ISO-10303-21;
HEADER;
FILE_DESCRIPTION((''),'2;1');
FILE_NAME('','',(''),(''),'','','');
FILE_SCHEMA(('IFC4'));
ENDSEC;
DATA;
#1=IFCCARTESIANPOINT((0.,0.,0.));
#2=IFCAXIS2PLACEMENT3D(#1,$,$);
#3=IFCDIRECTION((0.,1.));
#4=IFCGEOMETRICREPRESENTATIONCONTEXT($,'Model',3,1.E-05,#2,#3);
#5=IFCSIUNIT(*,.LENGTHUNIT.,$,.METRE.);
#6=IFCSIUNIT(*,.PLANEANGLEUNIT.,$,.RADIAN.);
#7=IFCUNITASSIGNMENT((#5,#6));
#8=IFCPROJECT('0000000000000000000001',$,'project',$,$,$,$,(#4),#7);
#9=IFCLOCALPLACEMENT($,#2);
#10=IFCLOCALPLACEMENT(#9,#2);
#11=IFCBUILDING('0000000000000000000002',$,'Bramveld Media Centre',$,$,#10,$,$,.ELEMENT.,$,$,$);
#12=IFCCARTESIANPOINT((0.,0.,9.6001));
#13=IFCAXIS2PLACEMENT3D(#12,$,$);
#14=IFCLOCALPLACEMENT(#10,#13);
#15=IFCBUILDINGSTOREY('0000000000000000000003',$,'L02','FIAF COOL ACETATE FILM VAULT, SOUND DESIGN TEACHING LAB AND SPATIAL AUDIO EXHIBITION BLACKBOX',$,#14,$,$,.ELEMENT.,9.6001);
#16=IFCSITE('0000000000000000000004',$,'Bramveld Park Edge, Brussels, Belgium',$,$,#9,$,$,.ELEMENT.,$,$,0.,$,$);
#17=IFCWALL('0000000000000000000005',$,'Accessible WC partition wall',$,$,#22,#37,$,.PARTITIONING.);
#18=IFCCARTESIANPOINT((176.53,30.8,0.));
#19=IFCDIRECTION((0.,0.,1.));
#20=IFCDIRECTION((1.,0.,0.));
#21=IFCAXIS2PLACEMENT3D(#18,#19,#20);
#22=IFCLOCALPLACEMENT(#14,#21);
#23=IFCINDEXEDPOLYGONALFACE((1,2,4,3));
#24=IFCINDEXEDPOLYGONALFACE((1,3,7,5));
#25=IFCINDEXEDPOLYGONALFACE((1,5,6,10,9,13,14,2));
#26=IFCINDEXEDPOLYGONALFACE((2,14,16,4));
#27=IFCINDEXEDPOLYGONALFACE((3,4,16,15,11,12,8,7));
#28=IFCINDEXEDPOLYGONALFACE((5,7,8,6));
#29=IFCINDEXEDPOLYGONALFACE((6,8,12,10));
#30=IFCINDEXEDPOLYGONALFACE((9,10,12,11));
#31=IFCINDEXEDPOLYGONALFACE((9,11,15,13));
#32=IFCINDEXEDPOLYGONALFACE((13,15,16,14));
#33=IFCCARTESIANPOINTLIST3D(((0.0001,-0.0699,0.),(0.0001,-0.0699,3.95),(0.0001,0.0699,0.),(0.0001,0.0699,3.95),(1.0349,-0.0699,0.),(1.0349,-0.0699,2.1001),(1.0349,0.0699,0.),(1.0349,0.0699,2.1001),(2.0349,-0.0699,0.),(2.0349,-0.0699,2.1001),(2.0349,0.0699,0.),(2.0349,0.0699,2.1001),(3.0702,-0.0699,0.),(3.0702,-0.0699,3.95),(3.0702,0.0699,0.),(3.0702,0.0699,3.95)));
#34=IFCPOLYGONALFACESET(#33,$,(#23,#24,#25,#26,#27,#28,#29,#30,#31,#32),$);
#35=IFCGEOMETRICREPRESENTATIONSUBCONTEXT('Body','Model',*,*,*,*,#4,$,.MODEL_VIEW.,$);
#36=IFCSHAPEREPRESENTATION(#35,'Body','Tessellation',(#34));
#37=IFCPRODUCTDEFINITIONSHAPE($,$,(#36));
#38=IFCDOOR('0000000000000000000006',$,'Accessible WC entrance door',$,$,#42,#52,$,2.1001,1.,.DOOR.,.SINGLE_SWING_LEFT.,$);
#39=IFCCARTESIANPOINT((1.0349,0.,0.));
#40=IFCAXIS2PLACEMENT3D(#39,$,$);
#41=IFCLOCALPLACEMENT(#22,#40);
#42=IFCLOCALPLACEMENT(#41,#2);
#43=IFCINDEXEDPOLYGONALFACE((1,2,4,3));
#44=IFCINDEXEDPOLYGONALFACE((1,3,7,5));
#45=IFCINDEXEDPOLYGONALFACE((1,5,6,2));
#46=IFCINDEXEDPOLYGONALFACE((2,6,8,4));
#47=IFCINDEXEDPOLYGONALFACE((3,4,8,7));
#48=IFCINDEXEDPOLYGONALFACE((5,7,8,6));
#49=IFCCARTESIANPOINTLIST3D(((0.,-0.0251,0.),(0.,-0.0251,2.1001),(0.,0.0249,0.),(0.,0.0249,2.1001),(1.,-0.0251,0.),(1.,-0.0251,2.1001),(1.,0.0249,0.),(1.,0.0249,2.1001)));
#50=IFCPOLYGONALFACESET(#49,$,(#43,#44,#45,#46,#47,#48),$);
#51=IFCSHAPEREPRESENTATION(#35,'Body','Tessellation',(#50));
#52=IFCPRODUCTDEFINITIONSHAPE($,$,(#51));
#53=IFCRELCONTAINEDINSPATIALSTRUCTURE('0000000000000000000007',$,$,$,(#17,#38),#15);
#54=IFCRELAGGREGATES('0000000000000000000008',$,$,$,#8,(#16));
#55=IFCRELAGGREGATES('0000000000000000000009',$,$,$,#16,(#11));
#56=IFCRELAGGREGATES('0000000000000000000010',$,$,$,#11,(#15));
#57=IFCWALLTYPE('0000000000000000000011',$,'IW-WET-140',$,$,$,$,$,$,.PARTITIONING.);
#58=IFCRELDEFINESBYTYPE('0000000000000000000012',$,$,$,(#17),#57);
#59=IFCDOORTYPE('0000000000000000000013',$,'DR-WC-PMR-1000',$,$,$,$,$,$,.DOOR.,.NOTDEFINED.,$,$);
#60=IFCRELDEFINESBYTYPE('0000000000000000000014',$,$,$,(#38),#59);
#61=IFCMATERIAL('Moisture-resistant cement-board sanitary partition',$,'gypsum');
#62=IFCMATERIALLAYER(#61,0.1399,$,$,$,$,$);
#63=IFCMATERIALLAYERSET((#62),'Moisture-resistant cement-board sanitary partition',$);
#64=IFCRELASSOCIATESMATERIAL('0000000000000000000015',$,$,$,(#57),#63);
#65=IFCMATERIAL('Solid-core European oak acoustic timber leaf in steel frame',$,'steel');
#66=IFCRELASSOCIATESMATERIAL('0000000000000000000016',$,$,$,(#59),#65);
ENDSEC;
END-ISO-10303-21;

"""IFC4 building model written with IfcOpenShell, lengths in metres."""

from ifc_helpers import new_model, si_unit, direction, frame, frame_2d, origin, place, context, subcontext, project, spatial, rectangle, extrude, material, layer, layer_set, type_object, element, fill, save


model = new_model("IFC4")

# Units and contexts
model_context = context("Model", 3, precision=1e-05, world=origin(), true_north=direction((0.0, 1.0)))
body_context = subcontext(model_context, "Body", "Model", "MODEL_VIEW")
ifc_project = project(units=[si_unit("LENGTHUNIT", "METRE"), si_unit("PLANEANGLEUNIT", "RADIAN")], contexts=[model_context])

# Site, building, storey
site_placement = place(None, origin())
site = spatial("IfcSite", under=ifc_project, at=site_placement, Name="Bramveld Park Edge, Brussels, Belgium", CompositionType="ELEMENT", RefElevation=0.0)
building_placement = place(site_placement, origin())
building = spatial("IfcBuilding", under=site, at=building_placement, Name="Bramveld Media Centre", CompositionType="ELEMENT")
storey_placement = place(building_placement, frame((0.0, 0.0, 9.6001)))
storey = spatial("IfcBuildingStorey", under=building, at=storey_placement, Name="L02", Description="FIAF COOL ACETATE FILM VAULT, SOUND DESIGN TEACHING LAB AND SPATIAL AUDIO EXHIBITION BLACKBOX", CompositionType="ELEMENT", Elevation=9.6001)

# Wall, opening, door
ifc_material_1 = material(Name="Moisture-resistant cement-board sanitary partition", Category="gypsum")
ifc_layer_1 = layer(ifc_material_1, 0.1399)
ifc_layer_set_1 = layer_set([ifc_layer_1], Name="Moisture-resistant cement-board sanitary partition")
wall_type_1 = type_object("IfcWallType", Name="IW-WET-140", PredefinedType="PARTITIONING", material=ifc_layer_set_1)
wall_1_placement = place(storey_placement, frame((176.53, 30.8, 0.0), z_axis=(0.0, 0.0, 1.0), x_axis=(1.0, 0.0, 0.0)))
wall_1 = element("IfcWall", 1, at=wall_1_placement, inside=storey, type_object=wall_type_1, Name="Accessible WC partition wall", PredefinedType="PARTITIONING", context=body_context, shape_type="SweptSolid", body=[
    extrude(rectangle(XDim=3.0701, YDim=0.1399, at=frame_2d((1.5352, 0.0))), origin(), (0.0, 0.0, 1.0), 3.95),
])
opening_1_placement = place(wall_1_placement, frame((1.0349, 0.0, 0.0)))
opening_1 = element("IfcOpeningElement", 2, at=opening_1_placement, cuts=wall_1, PredefinedType="OPENING", context=body_context, shape_type="SweptSolid", body=[
    extrude(rectangle(XDim=1.0, YDim=2.1001, at=frame_2d((0.5, 1.05))), frame((0.0, 0.082, 0.0), z_axis=(0.0, -1.0, 0.0), x_axis=(1.0, 0.0, 0.0)), (0.0, 0.0, 1.0), 0.1638),
])
ifc_material_2 = material(Name="Solid-core European oak acoustic timber leaf in steel frame", Category="steel")
door_type_1 = type_object("IfcDoorType", Name="DR-WC-PMR-1000", OperationType="NOTDEFINED", PredefinedType="DOOR", material=ifc_material_2)
door_1_placement = place(opening_1_placement, origin())
door_1 = element("IfcDoor", 3, at=door_1_placement, inside=storey, type_object=door_type_1, Name="Accessible WC entrance door", OperationType="SINGLE_SWING_LEFT", OverallHeight=2.1001, OverallWidth=1.0, PredefinedType="DOOR", context=body_context, shape_type="SweptSolid", body=[
    extrude(rectangle(XDim=1.0, YDim=2.1001, at=frame_2d((0.5, 1.05))), frame((0.0, 0.0249, 0.0), z_axis=(0.0, -1.0, 0.0), x_axis=(1.0, 0.0, 0.0)), (0.0, 0.0, 1.0), 0.05),
])
fill(opening_1, door_1)

save(model, "model.ifc")
